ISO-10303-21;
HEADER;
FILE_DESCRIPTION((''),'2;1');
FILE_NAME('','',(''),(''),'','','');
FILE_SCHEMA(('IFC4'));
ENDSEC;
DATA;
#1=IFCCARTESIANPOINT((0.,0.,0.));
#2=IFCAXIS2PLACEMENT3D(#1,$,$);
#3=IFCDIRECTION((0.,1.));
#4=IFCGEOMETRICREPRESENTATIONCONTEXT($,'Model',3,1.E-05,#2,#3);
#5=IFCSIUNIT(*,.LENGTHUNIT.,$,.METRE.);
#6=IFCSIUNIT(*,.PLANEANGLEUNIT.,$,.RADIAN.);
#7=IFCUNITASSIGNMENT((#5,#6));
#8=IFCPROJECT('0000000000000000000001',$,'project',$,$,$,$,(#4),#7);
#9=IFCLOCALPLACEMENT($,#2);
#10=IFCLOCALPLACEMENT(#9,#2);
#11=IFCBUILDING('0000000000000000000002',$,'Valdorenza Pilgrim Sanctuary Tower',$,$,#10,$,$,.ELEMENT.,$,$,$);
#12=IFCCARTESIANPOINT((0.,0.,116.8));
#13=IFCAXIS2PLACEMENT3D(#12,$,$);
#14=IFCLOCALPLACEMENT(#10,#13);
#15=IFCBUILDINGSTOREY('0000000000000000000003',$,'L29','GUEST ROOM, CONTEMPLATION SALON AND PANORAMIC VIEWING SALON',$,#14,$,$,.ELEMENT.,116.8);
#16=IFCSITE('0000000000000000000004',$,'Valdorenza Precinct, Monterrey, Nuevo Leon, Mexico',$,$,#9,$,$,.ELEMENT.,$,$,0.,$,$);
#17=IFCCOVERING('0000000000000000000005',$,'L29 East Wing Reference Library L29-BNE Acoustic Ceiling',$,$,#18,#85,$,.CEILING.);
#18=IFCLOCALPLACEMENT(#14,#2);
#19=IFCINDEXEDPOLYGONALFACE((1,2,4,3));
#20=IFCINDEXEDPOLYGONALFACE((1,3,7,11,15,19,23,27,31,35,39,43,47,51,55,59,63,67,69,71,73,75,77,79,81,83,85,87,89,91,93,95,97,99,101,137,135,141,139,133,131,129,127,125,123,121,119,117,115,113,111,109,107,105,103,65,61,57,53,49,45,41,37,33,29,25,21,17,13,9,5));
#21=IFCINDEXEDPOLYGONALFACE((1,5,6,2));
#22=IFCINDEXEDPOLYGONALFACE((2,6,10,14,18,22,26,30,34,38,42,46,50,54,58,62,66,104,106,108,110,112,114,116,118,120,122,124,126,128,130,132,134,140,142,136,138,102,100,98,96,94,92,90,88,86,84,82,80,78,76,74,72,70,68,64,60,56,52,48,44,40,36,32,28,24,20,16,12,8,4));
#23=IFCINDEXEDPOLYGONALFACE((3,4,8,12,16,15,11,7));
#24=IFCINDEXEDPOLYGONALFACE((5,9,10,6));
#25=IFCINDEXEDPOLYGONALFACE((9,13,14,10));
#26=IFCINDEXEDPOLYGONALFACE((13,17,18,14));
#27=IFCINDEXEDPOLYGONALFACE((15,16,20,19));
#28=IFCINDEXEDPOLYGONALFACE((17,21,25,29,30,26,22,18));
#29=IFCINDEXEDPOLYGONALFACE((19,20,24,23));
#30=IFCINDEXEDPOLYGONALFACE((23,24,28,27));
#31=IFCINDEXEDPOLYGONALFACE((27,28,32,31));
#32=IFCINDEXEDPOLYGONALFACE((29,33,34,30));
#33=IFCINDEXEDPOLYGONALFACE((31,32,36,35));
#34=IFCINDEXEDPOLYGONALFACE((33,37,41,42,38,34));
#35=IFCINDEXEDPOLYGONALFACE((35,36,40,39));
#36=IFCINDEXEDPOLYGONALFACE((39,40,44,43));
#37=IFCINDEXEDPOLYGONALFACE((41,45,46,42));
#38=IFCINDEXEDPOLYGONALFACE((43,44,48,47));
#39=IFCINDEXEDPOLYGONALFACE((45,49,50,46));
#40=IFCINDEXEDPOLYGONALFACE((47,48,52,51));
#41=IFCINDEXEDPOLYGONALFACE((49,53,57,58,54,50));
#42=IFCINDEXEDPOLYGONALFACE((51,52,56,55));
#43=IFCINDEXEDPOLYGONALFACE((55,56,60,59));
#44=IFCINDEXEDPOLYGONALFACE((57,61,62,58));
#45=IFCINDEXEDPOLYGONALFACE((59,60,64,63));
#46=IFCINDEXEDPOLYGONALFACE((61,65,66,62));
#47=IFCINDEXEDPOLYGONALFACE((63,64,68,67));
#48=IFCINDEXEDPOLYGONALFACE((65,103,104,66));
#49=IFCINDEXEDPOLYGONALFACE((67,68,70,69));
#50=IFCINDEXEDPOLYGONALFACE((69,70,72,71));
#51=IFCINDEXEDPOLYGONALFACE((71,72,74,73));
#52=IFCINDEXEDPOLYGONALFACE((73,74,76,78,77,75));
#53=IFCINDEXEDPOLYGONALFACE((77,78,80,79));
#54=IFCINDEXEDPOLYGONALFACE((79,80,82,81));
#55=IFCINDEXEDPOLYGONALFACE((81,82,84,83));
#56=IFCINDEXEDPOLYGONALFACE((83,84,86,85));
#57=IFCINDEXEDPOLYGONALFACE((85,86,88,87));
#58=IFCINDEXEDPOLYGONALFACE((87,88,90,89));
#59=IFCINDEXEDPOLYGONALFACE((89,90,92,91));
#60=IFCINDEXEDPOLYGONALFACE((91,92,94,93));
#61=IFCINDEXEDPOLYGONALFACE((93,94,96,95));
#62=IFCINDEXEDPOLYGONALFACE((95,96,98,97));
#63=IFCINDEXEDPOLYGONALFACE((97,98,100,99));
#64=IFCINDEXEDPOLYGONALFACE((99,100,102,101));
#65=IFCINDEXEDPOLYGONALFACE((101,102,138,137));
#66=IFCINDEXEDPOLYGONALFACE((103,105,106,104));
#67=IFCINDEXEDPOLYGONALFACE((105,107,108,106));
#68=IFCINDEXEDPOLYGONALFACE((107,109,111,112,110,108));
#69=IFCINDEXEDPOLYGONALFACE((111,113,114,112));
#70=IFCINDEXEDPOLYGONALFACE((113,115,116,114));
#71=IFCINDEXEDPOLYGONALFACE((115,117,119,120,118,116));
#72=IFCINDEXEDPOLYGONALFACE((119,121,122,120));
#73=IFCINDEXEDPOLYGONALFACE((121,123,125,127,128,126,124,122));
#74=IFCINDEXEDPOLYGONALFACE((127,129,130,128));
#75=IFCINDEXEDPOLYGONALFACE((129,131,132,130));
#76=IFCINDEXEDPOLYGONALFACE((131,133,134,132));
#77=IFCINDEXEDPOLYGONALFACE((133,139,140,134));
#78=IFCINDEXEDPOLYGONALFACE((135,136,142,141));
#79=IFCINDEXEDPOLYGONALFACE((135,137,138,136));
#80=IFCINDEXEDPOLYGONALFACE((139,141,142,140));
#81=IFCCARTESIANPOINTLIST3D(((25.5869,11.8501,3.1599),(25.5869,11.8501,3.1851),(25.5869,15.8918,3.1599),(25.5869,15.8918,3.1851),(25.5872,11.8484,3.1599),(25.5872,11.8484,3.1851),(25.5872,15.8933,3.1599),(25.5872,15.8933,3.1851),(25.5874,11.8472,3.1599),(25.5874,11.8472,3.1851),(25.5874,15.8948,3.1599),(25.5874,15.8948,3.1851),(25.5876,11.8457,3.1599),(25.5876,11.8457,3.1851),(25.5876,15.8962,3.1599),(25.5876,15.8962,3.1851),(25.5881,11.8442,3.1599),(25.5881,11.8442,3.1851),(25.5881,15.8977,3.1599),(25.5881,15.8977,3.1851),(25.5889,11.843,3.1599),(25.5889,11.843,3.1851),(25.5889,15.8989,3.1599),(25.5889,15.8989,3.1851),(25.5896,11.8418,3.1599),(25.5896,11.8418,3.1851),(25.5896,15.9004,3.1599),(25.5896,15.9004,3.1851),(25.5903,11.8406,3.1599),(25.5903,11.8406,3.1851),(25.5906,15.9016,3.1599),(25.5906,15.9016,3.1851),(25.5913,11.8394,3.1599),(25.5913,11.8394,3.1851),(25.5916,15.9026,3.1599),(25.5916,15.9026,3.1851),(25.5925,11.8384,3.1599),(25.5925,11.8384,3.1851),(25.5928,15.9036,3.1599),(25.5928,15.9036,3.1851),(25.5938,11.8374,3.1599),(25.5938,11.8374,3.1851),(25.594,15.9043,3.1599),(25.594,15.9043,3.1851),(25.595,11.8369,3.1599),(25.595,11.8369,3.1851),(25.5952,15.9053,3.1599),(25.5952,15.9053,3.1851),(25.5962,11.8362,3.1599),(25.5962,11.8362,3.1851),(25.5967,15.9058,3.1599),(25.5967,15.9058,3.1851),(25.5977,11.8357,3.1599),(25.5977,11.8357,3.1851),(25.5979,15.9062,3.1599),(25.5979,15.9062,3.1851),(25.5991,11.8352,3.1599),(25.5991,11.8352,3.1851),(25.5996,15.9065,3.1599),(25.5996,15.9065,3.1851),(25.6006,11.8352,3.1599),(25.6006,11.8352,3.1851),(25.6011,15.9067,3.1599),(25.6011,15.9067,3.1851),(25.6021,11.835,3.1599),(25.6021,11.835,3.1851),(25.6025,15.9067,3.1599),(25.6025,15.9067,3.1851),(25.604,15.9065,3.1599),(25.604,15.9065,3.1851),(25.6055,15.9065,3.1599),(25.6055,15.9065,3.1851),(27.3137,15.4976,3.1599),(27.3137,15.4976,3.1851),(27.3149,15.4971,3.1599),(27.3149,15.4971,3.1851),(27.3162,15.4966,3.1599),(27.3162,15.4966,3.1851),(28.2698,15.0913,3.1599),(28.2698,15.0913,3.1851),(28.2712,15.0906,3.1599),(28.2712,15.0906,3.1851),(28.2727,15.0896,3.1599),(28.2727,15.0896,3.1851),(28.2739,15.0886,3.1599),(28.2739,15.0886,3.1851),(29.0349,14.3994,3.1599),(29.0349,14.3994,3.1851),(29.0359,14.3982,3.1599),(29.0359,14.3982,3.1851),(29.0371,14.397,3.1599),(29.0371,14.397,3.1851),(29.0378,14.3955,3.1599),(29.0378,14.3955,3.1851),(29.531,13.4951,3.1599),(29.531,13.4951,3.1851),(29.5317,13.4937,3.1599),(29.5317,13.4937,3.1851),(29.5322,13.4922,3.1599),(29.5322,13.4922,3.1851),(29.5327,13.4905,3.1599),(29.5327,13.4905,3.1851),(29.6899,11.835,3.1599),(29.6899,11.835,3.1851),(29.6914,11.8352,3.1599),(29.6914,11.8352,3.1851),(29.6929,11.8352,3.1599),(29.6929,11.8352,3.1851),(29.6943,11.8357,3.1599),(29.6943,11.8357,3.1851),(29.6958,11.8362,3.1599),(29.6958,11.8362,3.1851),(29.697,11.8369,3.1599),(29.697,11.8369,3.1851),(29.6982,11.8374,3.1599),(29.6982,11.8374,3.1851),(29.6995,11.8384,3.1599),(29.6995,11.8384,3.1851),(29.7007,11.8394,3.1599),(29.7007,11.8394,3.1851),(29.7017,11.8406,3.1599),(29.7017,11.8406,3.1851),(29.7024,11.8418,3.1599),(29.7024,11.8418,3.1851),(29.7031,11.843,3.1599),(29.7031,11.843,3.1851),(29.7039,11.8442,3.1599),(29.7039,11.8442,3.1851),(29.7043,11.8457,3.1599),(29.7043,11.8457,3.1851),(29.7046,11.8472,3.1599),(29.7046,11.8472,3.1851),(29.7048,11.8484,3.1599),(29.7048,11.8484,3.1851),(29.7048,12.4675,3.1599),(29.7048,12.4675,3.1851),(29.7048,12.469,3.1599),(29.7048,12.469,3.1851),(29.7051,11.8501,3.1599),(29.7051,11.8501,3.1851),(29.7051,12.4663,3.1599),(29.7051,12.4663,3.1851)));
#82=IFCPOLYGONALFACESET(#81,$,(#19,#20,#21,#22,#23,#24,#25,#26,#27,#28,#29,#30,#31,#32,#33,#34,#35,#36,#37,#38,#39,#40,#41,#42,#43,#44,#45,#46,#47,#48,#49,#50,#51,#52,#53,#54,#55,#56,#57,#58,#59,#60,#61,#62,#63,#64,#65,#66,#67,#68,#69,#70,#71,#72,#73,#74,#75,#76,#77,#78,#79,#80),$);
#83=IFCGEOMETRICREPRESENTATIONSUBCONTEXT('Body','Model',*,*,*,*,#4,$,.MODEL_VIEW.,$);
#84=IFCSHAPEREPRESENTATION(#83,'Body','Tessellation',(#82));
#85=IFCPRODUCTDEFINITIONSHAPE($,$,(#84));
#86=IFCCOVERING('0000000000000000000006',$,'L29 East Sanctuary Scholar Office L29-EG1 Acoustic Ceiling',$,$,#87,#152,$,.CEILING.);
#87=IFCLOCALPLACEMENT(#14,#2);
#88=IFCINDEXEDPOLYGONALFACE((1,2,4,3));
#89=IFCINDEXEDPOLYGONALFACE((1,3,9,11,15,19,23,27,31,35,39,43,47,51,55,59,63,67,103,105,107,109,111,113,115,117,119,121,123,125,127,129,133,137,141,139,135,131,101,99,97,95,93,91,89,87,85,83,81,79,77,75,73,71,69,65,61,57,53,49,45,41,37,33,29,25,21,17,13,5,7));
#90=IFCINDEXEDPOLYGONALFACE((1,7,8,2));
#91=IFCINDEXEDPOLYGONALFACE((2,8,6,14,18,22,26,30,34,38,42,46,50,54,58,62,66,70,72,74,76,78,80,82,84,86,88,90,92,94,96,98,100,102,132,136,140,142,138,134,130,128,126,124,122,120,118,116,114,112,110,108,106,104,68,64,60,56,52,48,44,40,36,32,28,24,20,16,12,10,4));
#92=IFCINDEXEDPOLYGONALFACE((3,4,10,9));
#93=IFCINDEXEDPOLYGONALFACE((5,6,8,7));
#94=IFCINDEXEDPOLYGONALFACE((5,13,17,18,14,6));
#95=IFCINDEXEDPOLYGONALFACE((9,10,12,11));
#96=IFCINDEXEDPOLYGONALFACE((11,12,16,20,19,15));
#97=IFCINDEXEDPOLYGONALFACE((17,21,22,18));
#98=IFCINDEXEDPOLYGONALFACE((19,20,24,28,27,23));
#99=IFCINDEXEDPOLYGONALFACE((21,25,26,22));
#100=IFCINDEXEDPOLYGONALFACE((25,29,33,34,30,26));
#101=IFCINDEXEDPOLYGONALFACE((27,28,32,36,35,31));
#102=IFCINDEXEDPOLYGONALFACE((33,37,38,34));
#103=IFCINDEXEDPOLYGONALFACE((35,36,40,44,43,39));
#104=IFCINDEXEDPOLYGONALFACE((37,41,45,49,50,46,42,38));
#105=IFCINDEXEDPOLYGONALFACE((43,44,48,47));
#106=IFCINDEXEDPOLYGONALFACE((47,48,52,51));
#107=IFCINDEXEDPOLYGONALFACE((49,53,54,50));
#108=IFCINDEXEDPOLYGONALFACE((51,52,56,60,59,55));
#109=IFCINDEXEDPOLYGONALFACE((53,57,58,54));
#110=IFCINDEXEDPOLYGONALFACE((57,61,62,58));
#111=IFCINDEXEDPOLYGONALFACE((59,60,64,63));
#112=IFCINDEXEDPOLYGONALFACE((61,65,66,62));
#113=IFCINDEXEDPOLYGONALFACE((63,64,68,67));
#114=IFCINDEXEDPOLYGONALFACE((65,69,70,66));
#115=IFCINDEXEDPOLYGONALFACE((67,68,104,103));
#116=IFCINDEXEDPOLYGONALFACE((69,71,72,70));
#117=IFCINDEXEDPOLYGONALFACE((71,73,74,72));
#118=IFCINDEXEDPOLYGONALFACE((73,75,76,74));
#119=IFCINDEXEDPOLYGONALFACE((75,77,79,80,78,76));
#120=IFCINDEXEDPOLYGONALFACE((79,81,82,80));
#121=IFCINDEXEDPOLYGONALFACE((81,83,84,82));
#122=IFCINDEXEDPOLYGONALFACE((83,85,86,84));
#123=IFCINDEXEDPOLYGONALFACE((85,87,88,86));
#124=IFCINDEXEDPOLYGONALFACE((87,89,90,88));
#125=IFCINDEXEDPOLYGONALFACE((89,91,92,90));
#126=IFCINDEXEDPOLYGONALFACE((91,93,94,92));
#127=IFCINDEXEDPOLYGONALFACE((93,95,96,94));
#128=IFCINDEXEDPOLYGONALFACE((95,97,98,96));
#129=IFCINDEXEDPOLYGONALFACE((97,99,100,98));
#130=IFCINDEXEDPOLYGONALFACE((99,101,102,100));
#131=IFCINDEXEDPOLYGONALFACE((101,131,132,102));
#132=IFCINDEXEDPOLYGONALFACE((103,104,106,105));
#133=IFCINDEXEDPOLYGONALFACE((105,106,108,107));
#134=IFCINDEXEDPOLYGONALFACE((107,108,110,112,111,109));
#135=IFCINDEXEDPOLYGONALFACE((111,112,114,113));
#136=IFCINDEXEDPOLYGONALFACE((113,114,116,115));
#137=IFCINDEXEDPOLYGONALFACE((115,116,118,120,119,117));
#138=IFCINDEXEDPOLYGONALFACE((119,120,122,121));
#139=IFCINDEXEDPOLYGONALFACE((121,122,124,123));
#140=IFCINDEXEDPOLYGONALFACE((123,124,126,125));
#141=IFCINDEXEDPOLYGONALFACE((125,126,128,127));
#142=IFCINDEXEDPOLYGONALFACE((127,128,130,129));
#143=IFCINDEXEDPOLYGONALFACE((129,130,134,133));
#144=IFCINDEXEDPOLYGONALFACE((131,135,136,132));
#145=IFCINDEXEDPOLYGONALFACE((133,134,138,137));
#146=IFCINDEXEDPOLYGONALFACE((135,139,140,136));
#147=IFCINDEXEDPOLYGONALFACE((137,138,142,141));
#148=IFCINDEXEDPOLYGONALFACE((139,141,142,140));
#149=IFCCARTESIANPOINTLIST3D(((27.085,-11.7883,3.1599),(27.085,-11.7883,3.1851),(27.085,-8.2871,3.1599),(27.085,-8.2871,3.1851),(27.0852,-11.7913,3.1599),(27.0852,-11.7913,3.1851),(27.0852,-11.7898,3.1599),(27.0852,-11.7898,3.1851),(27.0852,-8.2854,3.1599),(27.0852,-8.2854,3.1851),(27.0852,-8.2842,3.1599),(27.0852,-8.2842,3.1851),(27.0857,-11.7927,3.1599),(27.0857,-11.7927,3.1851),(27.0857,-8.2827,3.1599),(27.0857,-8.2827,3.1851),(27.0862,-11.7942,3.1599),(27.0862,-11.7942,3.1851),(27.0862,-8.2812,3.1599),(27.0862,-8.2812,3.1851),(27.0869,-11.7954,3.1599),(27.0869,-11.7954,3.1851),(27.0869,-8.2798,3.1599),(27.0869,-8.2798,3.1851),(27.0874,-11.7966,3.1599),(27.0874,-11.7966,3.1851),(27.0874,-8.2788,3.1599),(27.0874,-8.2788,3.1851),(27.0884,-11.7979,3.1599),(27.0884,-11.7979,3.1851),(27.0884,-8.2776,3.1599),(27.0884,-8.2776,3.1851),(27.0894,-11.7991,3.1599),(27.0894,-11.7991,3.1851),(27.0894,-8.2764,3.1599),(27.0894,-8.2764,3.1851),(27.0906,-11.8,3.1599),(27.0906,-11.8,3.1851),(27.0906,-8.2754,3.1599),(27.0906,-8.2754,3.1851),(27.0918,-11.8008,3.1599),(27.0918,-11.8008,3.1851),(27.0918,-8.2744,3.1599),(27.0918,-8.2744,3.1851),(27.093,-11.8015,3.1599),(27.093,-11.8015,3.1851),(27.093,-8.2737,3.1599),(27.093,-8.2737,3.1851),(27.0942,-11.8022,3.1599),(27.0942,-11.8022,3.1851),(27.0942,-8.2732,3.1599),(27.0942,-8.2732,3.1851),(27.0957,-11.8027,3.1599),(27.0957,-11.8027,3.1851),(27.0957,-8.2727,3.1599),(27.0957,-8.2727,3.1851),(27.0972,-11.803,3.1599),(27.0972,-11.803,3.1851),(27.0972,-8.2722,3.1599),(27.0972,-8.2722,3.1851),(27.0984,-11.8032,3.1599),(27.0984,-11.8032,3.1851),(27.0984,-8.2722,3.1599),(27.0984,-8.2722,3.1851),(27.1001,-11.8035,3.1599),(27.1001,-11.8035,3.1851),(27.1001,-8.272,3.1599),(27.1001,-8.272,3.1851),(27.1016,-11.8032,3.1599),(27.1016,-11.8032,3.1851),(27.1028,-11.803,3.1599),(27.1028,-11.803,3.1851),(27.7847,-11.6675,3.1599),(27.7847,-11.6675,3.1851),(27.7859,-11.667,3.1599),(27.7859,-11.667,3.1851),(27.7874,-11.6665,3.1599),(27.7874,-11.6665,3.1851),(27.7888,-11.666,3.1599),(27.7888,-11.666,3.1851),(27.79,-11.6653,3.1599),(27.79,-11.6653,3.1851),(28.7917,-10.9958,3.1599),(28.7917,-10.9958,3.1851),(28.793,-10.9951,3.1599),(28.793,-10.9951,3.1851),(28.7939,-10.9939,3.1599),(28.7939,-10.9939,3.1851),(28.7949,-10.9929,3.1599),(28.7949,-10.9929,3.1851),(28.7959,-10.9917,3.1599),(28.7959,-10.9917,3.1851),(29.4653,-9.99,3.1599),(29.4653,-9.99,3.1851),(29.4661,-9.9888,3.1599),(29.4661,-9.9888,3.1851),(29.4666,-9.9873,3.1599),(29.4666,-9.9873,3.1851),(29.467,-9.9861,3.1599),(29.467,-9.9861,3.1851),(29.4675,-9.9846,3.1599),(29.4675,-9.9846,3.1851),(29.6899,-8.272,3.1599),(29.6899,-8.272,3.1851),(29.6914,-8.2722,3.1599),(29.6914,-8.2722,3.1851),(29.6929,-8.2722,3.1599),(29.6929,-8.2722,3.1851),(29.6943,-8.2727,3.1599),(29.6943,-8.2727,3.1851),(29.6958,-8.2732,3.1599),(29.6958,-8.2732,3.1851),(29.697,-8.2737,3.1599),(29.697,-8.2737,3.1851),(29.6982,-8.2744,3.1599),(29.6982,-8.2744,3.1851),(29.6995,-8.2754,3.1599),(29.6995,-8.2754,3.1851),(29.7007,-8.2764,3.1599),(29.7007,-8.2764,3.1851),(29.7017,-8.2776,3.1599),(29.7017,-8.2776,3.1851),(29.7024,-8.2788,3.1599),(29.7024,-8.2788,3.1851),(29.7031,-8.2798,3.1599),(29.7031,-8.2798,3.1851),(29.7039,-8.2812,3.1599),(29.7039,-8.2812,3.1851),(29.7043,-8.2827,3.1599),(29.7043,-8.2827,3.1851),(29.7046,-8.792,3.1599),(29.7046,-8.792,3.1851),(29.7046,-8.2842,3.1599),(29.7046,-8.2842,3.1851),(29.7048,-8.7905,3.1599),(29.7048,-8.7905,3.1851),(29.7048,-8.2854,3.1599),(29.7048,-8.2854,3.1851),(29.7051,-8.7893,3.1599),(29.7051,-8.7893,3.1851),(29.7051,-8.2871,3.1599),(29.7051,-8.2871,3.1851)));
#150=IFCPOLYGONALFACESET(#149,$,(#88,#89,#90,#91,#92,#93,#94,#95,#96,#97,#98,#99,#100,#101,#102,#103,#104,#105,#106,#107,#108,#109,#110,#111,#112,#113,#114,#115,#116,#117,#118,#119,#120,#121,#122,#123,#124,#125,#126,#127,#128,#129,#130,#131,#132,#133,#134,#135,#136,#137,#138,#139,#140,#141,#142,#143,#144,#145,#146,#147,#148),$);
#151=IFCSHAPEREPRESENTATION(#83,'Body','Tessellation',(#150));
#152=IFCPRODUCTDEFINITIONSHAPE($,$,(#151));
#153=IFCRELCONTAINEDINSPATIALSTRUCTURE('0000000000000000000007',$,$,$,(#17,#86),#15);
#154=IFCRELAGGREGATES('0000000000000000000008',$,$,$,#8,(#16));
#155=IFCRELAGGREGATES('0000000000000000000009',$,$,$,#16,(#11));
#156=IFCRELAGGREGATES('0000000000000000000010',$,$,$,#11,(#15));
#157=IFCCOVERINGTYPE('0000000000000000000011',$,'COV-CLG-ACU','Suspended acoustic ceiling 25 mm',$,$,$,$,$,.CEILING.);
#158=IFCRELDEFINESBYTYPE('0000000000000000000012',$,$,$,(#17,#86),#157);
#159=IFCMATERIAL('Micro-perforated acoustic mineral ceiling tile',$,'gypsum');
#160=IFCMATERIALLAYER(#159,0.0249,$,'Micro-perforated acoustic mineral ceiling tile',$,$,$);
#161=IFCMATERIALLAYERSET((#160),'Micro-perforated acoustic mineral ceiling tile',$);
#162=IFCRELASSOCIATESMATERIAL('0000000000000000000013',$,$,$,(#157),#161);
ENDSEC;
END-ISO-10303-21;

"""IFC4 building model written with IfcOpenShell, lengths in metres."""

from ifc_helpers import new_model, si_unit, direction, frame, origin, place, context, subcontext, project, spatial, polyline, outline, extrude, material, layer, layer_set, type_object, element, save


model = new_model("IFC4")

# Units and contexts
model_context = context("Model", 3, precision=1e-05, world=origin(), true_north=direction((0.0, 1.0)))
body_context = subcontext(model_context, "Body", "Model", "MODEL_VIEW")
ifc_project = project(units=[si_unit("LENGTHUNIT", "METRE"), si_unit("PLANEANGLEUNIT", "RADIAN")], contexts=[model_context])

# Site, building, storey
site_placement = place(None, origin())
site = spatial("IfcSite", under=ifc_project, at=site_placement, Name="Valdorenza Precinct, Monterrey, Nuevo Leon, Mexico", CompositionType="ELEMENT", RefElevation=0.0)
building_placement = place(site_placement, origin())
building = spatial("IfcBuilding", under=site, at=building_placement, Name="Valdorenza Pilgrim Sanctuary Tower", CompositionType="ELEMENT")
storey_placement = place(building_placement, frame((0.0, 0.0, 116.8)))
storey = spatial("IfcBuildingStorey", under=building, at=storey_placement, Name="L29", Description="GUEST ROOM, CONTEMPLATION SALON AND PANORAMIC VIEWING SALON", CompositionType="ELEMENT", Elevation=116.8)

# Coverings
ifc_material_1 = material(Name="Micro-perforated acoustic mineral ceiling tile", Category="gypsum")
ifc_layer_1 = layer(ifc_material_1, 0.0249, Name="Micro-perforated acoustic mineral ceiling tile")
ifc_layer_set_1 = layer_set([ifc_layer_1], Name="Micro-perforated acoustic mineral ceiling tile")
covering_type_1 = type_object("IfcCoveringType", Name="COV-CLG-ACU", Description="Suspended acoustic ceiling 25 mm", PredefinedType="CEILING", material=ifc_layer_set_1)
covering_1_placement = place(storey_placement, frame((0.0, 0.0, 3.1599)))
element("IfcCovering", 1, at=covering_1_placement, inside=storey, type_object=covering_type_1, Name="L29 East Wing Reference Library L29-BNE Acoustic Ceiling", PredefinedType="CEILING", context=body_context, shape_type="SweptSolid", body=[
    extrude(outline(polyline([(27.3137, 15.4976), (27.3149, 15.4971), (27.3162, 15.4966), (28.2698, 15.0913), (28.2712, 15.0906), (28.2727, 15.0896), (28.2739, 15.0886), (29.0349, 14.3994), (29.0359, 14.3982), (29.0371, 14.397), (29.0378, 14.3955), (29.531, 13.4951), (29.5317, 13.4937), (29.5322, 13.4922), (29.5327, 13.4905), (29.7048, 12.469), (29.7048, 12.4675), (29.7051, 12.4663), (29.7051, 11.8501), (29.7048, 11.8484), (29.7046, 11.8472), (29.7043, 11.8457), (29.7039, 11.8442), (29.7031, 11.843), (29.7024, 11.8418), (29.7017, 11.8406), (29.7007, 11.8394), (29.6995, 11.8384), (29.6982, 11.8374), (29.697, 11.8369), (29.6958, 11.8362), (29.6943, 11.8357), (29.6929, 11.8352), (29.6914, 11.8352), (29.6899, 11.835), (25.6021, 11.835), (25.6006, 11.8352), (25.5991, 11.8352), (25.5977, 11.8357), (25.5962, 11.8362), (25.595, 11.8369), (25.5938, 11.8374), (25.5925, 11.8384), (25.5913, 11.8394), (25.5903, 11.8406), (25.5896, 11.8418), (25.5889, 11.843), (25.5881, 11.8442), (25.5876, 11.8457), (25.5874, 11.8472), (25.5872, 11.8484), (25.5869, 11.8501), (25.5869, 15.8918), (25.5872, 15.8933), (25.5874, 15.8948), (25.5876, 15.8962), (25.5881, 15.8977), (25.5889, 15.8989), (25.5896, 15.9004), (25.5906, 15.9016), (25.5916, 15.9026), (25.5928, 15.9036), (25.594, 15.9043), (25.5952, 15.9053), (25.5967, 15.9058), (25.5979, 15.9062), (25.5996, 15.9065), (25.6011, 15.9067), (25.6025, 15.9067), (25.604, 15.9065), (25.6055, 15.9065), (27.3137, 15.4976)])), origin(), (0.0, 0.0, 1.0), 0.0251),
])
covering_2_placement = place(storey_placement, frame((0.0, 0.0, 3.1599)))
element("IfcCovering", 2, at=covering_2_placement, inside=storey, type_object=covering_type_1, Name="L29 East Sanctuary Scholar Office L29-EG1 Acoustic Ceiling", PredefinedType="CEILING", context=body_context, shape_type="SweptSolid", body=[
    extrude(outline(polyline([(29.4675, -9.9846), (29.467, -9.9861), (29.4666, -9.9873), (29.4661, -9.9888), (29.4653, -9.99), (28.7959, -10.9917), (28.7949, -10.9929), (28.7939, -10.9939), (28.793, -10.9951), (28.7917, -10.9958), (27.79, -11.6653), (27.7888, -11.666), (27.7874, -11.6665), (27.7859, -11.667), (27.7847, -11.6675), (27.1028, -11.803), (27.1016, -11.8032), (27.1001, -11.8035), (27.0984, -11.8032), (27.0972, -11.803), (27.0957, -11.8027), (27.0942, -11.8022), (27.093, -11.8015), (27.0918, -11.8008), (27.0906, -11.8), (27.0894, -11.7991), (27.0884, -11.7979), (27.0874, -11.7966), (27.0869, -11.7954), (27.0862, -11.7942), (27.0857, -11.7927), (27.0852, -11.7913), (27.0852, -11.7898), (27.085, -11.7883), (27.085, -8.2871), (27.0852, -8.2854), (27.0852, -8.2842), (27.0857, -8.2827), (27.0862, -8.2812), (27.0869, -8.2798), (27.0874, -8.2788), (27.0884, -8.2776), (27.0894, -8.2764), (27.0906, -8.2754), (27.0918, -8.2744), (27.093, -8.2737), (27.0942, -8.2732), (27.0957, -8.2727), (27.0972, -8.2722), (27.0984, -8.2722), (27.1001, -8.272), (29.6899, -8.272), (29.6914, -8.2722), (29.6929, -8.2722), (29.6943, -8.2727), (29.6958, -8.2732), (29.697, -8.2737), (29.6982, -8.2744), (29.6995, -8.2754), (29.7007, -8.2764), (29.7017, -8.2776), (29.7024, -8.2788), (29.7031, -8.2798), (29.7039, -8.2812), (29.7043, -8.2827), (29.7046, -8.2842), (29.7048, -8.2854), (29.7051, -8.2871), (29.7051, -8.7893), (29.7048, -8.7905), (29.7046, -8.792), (29.4675, -9.9846)])), origin(), (0.0, 0.0, 1.0), 0.0251),
])

save(model, "model.ifc")
